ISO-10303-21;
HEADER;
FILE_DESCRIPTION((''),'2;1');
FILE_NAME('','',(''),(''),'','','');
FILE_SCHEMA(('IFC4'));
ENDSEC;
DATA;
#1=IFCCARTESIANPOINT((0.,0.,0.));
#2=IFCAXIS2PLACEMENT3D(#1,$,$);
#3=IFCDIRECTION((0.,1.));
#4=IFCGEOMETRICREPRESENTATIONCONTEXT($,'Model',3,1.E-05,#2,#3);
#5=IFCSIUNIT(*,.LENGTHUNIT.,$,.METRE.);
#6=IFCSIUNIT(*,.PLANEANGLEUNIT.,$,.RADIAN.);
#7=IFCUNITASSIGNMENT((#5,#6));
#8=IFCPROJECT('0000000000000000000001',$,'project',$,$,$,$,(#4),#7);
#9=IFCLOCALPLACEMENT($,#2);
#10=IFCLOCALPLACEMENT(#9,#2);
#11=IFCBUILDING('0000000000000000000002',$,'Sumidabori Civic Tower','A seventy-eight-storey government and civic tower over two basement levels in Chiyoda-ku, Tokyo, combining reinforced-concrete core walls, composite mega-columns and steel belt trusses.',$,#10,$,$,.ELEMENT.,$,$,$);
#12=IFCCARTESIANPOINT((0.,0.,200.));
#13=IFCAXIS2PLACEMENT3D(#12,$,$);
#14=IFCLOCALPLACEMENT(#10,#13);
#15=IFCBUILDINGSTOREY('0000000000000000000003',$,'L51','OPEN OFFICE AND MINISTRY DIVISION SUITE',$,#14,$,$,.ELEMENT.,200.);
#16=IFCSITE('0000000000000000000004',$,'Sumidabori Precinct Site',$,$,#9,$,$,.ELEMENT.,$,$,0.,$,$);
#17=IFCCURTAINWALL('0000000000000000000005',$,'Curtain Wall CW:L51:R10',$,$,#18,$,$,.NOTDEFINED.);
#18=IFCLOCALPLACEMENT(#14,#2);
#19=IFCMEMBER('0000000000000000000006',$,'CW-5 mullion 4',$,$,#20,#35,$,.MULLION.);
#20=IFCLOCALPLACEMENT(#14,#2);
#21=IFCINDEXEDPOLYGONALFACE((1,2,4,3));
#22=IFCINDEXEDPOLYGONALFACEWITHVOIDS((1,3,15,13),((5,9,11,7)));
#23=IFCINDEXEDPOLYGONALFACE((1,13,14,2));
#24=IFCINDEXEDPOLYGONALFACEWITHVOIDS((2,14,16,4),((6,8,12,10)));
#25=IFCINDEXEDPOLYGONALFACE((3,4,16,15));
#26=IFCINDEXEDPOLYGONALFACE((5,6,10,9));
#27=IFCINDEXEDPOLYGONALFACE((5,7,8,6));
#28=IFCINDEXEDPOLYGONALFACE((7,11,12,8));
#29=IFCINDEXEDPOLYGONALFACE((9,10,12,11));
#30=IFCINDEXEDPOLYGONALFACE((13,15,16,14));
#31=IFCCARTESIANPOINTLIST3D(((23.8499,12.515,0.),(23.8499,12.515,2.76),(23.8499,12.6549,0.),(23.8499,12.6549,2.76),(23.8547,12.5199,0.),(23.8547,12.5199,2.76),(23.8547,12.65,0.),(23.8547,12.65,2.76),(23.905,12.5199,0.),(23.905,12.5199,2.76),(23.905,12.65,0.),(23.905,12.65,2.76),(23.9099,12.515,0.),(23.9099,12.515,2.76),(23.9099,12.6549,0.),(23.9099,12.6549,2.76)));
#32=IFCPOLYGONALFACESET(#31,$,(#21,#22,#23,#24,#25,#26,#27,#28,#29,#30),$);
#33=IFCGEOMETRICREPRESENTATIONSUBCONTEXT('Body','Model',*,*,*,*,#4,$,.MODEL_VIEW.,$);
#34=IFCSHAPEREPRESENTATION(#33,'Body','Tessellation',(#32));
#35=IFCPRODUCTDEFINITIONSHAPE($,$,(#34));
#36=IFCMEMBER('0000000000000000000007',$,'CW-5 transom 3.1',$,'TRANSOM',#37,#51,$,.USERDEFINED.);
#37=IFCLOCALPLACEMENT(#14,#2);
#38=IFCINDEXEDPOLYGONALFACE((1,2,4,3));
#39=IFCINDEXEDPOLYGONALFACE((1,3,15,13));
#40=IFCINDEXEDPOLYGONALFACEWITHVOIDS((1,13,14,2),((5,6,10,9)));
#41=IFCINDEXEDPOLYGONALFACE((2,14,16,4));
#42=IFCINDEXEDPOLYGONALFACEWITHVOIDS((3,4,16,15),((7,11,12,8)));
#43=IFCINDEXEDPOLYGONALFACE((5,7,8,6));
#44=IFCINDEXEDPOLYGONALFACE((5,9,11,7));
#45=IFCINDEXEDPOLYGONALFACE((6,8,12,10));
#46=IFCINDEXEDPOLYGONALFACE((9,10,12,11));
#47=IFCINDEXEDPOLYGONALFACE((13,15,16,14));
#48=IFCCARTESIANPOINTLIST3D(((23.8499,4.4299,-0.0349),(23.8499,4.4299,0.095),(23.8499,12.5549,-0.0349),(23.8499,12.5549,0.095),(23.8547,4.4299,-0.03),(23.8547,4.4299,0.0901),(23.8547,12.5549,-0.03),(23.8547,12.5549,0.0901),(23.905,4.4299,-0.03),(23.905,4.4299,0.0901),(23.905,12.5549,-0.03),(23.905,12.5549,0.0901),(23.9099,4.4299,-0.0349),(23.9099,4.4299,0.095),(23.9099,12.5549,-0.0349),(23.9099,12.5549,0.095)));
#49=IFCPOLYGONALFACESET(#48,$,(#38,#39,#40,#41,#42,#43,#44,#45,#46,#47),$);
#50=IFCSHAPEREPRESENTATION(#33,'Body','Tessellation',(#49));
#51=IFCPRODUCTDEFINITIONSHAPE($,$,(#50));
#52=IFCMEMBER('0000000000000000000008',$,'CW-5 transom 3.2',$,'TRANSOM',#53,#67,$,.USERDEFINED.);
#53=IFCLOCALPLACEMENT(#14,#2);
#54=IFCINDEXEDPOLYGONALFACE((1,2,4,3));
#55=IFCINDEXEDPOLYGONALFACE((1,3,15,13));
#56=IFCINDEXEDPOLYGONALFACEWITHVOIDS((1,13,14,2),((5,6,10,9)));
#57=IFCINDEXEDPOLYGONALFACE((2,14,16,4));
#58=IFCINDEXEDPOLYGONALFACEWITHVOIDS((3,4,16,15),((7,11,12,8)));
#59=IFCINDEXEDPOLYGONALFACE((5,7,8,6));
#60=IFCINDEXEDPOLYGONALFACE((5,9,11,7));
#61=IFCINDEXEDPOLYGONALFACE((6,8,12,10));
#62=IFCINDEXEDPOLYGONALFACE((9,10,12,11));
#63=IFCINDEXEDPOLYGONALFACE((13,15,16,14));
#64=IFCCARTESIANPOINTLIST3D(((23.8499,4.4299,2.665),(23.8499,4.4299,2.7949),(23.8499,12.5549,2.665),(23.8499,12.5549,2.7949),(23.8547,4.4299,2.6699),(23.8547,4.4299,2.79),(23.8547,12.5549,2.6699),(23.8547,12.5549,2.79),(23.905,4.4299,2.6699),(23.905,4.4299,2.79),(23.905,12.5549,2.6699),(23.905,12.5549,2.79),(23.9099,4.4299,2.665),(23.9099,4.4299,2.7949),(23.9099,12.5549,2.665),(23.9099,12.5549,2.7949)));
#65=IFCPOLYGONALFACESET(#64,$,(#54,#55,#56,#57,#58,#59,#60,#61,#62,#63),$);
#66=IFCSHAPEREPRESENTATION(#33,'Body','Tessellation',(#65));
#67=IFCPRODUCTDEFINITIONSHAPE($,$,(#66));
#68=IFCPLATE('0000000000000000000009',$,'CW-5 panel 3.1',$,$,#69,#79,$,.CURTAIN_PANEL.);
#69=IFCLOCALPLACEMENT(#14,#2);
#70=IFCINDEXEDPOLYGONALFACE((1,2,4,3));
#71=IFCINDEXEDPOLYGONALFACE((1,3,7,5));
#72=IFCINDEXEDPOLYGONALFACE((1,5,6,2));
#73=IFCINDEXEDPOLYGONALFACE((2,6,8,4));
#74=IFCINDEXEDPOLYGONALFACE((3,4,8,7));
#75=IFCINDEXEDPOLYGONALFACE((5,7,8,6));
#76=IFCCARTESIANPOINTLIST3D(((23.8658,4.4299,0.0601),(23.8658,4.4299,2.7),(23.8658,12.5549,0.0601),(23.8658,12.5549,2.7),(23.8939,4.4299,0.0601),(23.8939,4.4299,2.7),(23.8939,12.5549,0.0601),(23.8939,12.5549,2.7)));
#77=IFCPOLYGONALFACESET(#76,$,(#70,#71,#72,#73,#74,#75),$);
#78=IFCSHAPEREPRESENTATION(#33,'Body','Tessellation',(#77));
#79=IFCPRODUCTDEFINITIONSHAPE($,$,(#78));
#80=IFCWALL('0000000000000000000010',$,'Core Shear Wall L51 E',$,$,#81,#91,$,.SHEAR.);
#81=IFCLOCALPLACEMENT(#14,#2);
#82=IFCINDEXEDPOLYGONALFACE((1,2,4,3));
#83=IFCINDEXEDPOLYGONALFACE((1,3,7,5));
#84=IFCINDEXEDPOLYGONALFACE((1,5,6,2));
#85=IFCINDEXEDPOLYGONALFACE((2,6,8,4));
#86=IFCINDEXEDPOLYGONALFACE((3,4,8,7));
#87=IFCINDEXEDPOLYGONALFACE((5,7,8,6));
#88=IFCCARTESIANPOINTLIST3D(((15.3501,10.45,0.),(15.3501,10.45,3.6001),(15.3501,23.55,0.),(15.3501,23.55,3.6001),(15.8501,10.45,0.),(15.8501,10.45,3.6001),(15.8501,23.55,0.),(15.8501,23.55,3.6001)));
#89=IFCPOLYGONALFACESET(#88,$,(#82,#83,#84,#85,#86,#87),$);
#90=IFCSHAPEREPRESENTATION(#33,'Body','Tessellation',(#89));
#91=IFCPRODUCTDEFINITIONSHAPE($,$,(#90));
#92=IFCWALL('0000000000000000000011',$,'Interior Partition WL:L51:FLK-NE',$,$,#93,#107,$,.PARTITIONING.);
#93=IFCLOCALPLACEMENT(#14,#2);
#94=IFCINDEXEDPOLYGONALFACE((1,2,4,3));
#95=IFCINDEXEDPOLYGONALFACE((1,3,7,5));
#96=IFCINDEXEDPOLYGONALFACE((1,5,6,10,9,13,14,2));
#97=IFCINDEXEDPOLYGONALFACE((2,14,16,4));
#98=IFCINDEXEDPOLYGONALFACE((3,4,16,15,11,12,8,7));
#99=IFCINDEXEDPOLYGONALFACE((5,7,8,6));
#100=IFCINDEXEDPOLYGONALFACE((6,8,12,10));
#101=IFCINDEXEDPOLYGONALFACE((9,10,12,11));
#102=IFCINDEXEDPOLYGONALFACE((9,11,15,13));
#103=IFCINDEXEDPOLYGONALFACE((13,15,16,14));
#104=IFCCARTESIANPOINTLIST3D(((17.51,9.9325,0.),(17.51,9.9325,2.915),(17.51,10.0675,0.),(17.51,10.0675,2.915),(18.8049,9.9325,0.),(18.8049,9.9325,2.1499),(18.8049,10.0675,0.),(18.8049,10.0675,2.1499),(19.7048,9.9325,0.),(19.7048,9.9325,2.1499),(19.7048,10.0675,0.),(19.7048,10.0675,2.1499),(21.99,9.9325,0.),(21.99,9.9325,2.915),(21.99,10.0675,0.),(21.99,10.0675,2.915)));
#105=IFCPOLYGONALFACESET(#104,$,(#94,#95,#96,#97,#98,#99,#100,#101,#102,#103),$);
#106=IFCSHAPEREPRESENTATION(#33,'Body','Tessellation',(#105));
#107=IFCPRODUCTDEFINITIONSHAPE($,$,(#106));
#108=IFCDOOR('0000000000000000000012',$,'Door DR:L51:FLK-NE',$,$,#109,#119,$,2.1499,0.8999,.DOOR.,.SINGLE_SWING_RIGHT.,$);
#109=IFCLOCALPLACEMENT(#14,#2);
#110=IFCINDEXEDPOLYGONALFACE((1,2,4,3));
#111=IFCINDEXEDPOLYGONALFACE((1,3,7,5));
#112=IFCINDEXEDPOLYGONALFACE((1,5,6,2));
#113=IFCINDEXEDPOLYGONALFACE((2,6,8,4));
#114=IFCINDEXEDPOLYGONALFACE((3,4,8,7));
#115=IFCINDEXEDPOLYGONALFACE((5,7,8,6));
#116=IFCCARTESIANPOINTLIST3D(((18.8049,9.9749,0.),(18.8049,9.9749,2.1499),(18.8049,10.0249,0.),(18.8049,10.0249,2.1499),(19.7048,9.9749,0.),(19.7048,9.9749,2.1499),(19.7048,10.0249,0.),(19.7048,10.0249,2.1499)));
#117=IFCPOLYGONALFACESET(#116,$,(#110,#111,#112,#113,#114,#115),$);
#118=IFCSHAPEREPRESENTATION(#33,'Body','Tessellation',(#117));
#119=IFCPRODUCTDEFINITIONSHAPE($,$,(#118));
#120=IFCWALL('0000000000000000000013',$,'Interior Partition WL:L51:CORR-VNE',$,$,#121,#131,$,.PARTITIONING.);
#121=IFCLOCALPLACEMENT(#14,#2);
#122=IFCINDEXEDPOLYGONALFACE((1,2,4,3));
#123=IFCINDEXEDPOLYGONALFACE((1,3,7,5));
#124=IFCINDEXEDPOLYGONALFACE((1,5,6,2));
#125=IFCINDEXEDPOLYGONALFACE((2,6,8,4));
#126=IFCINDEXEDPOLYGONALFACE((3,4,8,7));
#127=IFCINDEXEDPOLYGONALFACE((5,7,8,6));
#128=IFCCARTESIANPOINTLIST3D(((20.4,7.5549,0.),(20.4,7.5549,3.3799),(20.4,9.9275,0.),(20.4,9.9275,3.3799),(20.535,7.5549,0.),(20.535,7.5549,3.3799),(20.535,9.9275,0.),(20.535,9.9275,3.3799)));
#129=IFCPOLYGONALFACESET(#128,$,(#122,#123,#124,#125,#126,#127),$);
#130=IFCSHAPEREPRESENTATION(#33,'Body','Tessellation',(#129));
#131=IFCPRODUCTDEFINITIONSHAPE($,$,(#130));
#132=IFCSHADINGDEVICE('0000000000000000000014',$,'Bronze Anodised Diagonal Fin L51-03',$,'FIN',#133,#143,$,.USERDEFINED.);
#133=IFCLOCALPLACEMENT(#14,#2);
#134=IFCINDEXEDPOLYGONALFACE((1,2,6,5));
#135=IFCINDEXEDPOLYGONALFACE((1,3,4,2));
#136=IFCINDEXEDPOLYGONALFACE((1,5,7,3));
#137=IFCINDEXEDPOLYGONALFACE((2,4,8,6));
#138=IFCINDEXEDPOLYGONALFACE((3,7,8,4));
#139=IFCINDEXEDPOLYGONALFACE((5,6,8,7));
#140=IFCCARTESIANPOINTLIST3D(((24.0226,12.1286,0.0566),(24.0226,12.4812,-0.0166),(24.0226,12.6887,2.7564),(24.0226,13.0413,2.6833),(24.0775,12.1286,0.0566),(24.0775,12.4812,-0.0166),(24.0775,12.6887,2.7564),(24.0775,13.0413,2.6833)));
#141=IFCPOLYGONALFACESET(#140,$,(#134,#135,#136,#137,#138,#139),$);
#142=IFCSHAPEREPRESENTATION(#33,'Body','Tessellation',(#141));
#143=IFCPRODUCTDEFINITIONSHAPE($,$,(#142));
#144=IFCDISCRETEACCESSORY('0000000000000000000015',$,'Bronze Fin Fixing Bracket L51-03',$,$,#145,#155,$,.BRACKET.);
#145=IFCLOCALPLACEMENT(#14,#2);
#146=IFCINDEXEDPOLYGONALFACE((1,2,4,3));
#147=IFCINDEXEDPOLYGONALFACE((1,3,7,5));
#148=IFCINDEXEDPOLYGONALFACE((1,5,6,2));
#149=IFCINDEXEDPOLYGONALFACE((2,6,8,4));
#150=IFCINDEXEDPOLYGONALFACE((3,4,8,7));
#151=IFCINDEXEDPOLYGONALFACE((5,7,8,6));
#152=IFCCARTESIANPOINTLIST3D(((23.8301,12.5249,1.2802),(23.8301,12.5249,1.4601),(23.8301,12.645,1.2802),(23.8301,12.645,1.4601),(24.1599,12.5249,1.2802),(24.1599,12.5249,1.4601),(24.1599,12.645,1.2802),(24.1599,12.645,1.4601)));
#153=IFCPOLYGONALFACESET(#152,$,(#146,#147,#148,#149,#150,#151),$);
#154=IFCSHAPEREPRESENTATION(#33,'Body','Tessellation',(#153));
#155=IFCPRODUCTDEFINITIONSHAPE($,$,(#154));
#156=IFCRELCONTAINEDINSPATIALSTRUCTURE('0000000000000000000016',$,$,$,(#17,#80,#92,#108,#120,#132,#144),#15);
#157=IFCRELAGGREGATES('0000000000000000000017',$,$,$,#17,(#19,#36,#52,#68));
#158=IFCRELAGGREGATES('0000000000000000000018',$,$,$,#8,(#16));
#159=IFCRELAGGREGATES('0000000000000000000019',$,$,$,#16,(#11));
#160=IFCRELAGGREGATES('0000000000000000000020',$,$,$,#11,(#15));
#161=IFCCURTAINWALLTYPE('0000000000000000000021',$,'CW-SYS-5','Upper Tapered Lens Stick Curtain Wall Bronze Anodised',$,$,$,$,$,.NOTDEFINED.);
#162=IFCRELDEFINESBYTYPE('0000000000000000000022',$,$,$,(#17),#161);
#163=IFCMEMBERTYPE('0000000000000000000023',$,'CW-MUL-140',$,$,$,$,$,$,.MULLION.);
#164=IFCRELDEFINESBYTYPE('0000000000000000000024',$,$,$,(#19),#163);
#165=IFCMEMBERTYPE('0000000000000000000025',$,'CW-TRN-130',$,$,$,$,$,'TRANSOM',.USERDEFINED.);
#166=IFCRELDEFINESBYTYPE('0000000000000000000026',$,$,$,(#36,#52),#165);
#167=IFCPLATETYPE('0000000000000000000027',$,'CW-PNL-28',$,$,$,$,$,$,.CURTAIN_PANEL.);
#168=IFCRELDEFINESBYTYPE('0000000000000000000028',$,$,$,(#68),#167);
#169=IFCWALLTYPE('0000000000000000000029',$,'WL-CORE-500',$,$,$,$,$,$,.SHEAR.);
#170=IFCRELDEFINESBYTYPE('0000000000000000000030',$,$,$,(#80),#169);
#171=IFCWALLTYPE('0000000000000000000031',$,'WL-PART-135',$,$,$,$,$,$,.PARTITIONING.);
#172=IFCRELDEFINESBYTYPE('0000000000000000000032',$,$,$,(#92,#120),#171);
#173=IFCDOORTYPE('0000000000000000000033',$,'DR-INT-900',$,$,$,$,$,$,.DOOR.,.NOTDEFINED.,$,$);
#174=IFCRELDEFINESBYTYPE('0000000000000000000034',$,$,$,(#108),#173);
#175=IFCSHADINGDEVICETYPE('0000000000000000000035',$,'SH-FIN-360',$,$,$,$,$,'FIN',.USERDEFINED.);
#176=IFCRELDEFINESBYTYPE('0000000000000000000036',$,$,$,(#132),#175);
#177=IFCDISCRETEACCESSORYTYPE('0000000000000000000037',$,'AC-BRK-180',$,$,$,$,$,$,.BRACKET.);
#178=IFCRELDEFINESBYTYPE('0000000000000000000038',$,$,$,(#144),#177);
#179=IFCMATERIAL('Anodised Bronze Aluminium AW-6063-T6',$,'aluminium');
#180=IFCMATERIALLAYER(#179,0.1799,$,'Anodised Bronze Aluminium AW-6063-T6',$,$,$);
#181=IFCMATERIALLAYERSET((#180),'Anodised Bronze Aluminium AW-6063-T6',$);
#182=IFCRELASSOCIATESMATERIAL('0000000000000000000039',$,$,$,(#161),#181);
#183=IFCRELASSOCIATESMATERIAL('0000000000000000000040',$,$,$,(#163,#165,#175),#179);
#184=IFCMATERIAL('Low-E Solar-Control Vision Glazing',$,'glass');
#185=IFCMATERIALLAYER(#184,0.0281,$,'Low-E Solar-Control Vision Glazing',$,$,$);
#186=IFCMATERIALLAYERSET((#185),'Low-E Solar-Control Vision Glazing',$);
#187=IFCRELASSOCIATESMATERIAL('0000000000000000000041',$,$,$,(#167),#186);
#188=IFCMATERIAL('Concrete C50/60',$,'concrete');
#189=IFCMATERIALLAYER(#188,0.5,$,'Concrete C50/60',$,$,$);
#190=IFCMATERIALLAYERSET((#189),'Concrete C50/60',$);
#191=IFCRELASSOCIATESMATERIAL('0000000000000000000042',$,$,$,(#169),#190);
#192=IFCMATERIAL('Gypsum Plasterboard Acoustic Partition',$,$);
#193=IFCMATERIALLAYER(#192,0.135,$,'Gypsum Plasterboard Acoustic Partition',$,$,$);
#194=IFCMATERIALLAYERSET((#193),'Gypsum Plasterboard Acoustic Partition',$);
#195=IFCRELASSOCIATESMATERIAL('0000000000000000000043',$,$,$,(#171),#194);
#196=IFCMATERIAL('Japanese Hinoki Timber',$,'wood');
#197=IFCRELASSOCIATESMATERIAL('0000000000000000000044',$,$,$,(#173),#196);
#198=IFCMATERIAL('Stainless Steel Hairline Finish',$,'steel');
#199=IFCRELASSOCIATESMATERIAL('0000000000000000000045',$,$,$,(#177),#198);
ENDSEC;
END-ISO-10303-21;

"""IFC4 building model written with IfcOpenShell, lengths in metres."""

from ifc_helpers import new_model, si_unit, direction, frame, frame_2d, origin, origin_2d, place, context, subcontext, project, spatial, rectangle, hollow_rectangle, extrude, source, transform, mapped, material, layer, layer_set, material_profile, profile_set, type_object, element, fill, aggregate, save


model = new_model("IFC4")

# Units and contexts
model_context = context("Model", 3, precision=1e-05, world=origin(), true_north=direction((0.0, 1.0)))
body_context = subcontext(model_context, "Body", "Model", "MODEL_VIEW")
ifc_project = project(units=[si_unit("LENGTHUNIT", "METRE"), si_unit("PLANEANGLEUNIT", "RADIAN")], contexts=[model_context])

# Site, building, storey
site_placement = place(None, origin())
site = spatial("IfcSite", under=ifc_project, at=site_placement, Name="Sumidabori Precinct Site", CompositionType="ELEMENT", RefElevation=0.0)
building_placement = place(site_placement, origin())
building = spatial("IfcBuilding", under=site, at=building_placement, Name="Sumidabori Civic Tower", Description="A seventy-eight-storey government and civic tower over two basement levels in Chiyoda-ku, Tokyo, combining reinforced-concrete core walls, composite mega-columns and steel belt trusses.", CompositionType="ELEMENT")
storey_placement = place(building_placement, frame((0.0, 0.0, 200.0)))
storey = spatial("IfcBuildingStorey", under=building, at=storey_placement, Name="L51", Description="OPEN OFFICE AND MINISTRY DIVISION SUITE", CompositionType="ELEMENT", Elevation=200.0)

# Curtain wall, members, plate
ifc_material_1 = material(Name="Anodised Bronze Aluminium AW-6063-T6", Category="aluminium")
ifc_layer_1 = layer(ifc_material_1, 0.1799, Name="Anodised Bronze Aluminium AW-6063-T6")
ifc_layer_set_1 = layer_set([ifc_layer_1], Name="Anodised Bronze Aluminium AW-6063-T6")
curtain_wall_type = type_object("IfcCurtainWallType", Name="CW-SYS-5", Description="Upper Tapered Lens Stick Curtain Wall Bronze Anodised", PredefinedType="NOTDEFINED", material=ifc_layer_set_1)
curtain_wall_placement = place(storey_placement, origin())
curtain_wall = element("IfcCurtainWall", 1, at=curtain_wall_placement, inside=storey, type_object=curtain_wall_type, Name="Curtain Wall CW:L51:R10", PredefinedType="NOTDEFINED")
ifc_material_profile_1 = material_profile(ifc_material_1, hollow_rectangle(XDim=0.0601, YDim=0.1399, WallThickness=0.0049, at=origin_2d()), Name="ALU MULLION 140x60")
ifc_profile_set_1 = profile_set([ifc_material_profile_1], Name="Anodised Bronze Aluminium AW-6063-T6")
member_type_1 = type_object("IfcMemberType", Name="CW-MUL-140", PredefinedType="MULLION", material=ifc_profile_set_1)
shared_shape_1 = source(origin(), body_context, "Body", "SweptSolid", [
    extrude(hollow_rectangle(XDim=0.0601, YDim=0.1399, WallThickness=0.0049, at=origin_2d()), origin(), (0.0, 0.0, 1.0), 2.76),
])
member_1_placement = place(storey_placement, frame((23.8799, 12.585, 0.0), z_axis=(0.0, 0.0, 1.0), x_axis=(-1.0, 0.0, 0.0)))
member_1 = element("IfcMember", 2, at=member_1_placement, type_object=member_type_1, Name="CW-5 mullion 4", PredefinedType="MULLION", context=body_context, shape_type="MappedRepresentation", body=[
    mapped(shared_shape_1, transform((0.0, 0.0, 0.0), x_axis=(1.0, 0.0, 0.0), y_axis=(0.0, 1.0, 0.0), z_axis=(0.0, 0.0, 1.0), scale=1.0)),
])
ifc_material_profile_2 = material_profile(ifc_material_1, hollow_rectangle(XDim=0.0601, YDim=0.1299, WallThickness=0.0049, at=origin_2d()), Name="ALU TRANSOM 130x60")
ifc_profile_set_2 = profile_set([ifc_material_profile_2], Name="Anodised Bronze Aluminium AW-6063-T6")
member_type_2 = type_object("IfcMemberType", Name="CW-TRN-130", ElementType="TRANSOM", PredefinedType="USERDEFINED", material=ifc_profile_set_2)
shared_shape_2 = source(origin(), body_context, "Body", "SweptSolid", [
    extrude(hollow_rectangle(XDim=0.0601, YDim=0.1299, WallThickness=0.0049, at=origin_2d()), origin(), (0.0, 0.0, 1.0), 8.125),
])
member_2_placement = place(storey_placement, frame((23.8799, 4.4299, 0.03), z_axis=(0.0, 1.0, 0.0), x_axis=(-1.0, 0.0, 0.0)))
member_2 = element("IfcMember", 3, at=member_2_placement, type_object=member_type_2, Name="CW-5 transom 3.1", ObjectType="TRANSOM", PredefinedType="USERDEFINED", context=body_context, shape_type="MappedRepresentation", body=[
    mapped(shared_shape_2, transform((0.0, 0.0, 0.0), x_axis=(1.0, 0.0, 0.0), y_axis=(0.0, 1.0, 0.0), z_axis=(0.0, 0.0, 1.0), scale=1.0)),
])
member_3_placement = place(storey_placement, frame((23.8799, 4.4299, 2.73), z_axis=(0.0, 1.0, 0.0), x_axis=(-1.0, 0.0, 0.0)))
member_3 = element("IfcMember", 4, at=member_3_placement, type_object=member_type_2, Name="CW-5 transom 3.2", ObjectType="TRANSOM", PredefinedType="USERDEFINED", context=body_context, shape_type="MappedRepresentation", body=[
    mapped(shared_shape_2, transform((0.0, 0.0, 0.0), x_axis=(1.0, 0.0, 0.0), y_axis=(0.0, 1.0, 0.0), z_axis=(0.0, 0.0, 1.0), scale=1.0)),
])
ifc_material_2 = material(Name="Low-E Solar-Control Vision Glazing", Category="glass")
ifc_layer_2 = layer(ifc_material_2, 0.0281, Name="Low-E Solar-Control Vision Glazing")
ifc_layer_set_2 = layer_set([ifc_layer_2], Name="Low-E Solar-Control Vision Glazing")
plate_type = type_object("IfcPlateType", Name="CW-PNL-28", PredefinedType="CURTAIN_PANEL", material=ifc_layer_set_2)
shared_shape_3 = source(origin(), body_context, "Body", "SweptSolid", [
    extrude(rectangle(XDim=8.125, YDim=0.0281, at=origin_2d()), origin(), (0.0, 0.0, 1.0), 2.6399),
])
plate_placement = place(storey_placement, frame((23.8799, 8.4924, 0.0601), z_axis=(0.0, 0.0, 1.0), x_axis=(0.0, 1.0, 0.0)))
plate = element("IfcPlate", 5, at=plate_placement, type_object=plate_type, Name="CW-5 panel 3.1", PredefinedType="CURTAIN_PANEL", context=body_context, shape_type="MappedRepresentation", body=[
    mapped(shared_shape_3, transform((0.0, 0.0, 0.0), x_axis=(1.0, 0.0, 0.0), y_axis=(0.0, 1.0, 0.0), z_axis=(0.0, 0.0, 1.0), scale=1.0)),
])
aggregate(curtain_wall, [member_1, member_2, member_3, plate])

# Wall
ifc_material_3 = material(Name="Concrete C50/60", Category="concrete")
ifc_layer_3 = layer(ifc_material_3, 0.5, Name="Concrete C50/60")
ifc_layer_set_3 = layer_set([ifc_layer_3], Name="Concrete C50/60")
wall_type_1 = type_object("IfcWallType", Name="WL-CORE-500", PredefinedType="SHEAR", material=ifc_layer_set_3)
shared_shape_4 = source(origin(), body_context, "Body", "SweptSolid", [
    extrude(rectangle(XDim=13.1001, YDim=0.5, at=frame_2d((6.55, 0.0))), origin(), (0.0, 0.0, 1.0), 3.6001),
])
wall_1_placement = place(storey_placement, frame((15.6001, 10.45, 0.0), z_axis=(0.0, 0.0, 1.0), x_axis=(0.0, 1.0, 0.0)))
element("IfcWall", 6, at=wall_1_placement, inside=storey, type_object=wall_type_1, Name="Core Shear Wall L51 E", PredefinedType="SHEAR", context=body_context, shape_type="MappedRepresentation", body=[
    mapped(shared_shape_4, transform((0.0, 0.0, 0.0), x_axis=(1.0, 0.0, 0.0), y_axis=(0.0, 1.0, 0.0), z_axis=(0.0, 0.0, 1.0), scale=1.0)),
])

# Wall, opening, door
ifc_material_4 = material(Name="Gypsum Plasterboard Acoustic Partition")
ifc_layer_4 = layer(ifc_material_4, 0.135, Name="Gypsum Plasterboard Acoustic Partition")
ifc_layer_set_4 = layer_set([ifc_layer_4], Name="Gypsum Plasterboard Acoustic Partition")
wall_type_2 = type_object("IfcWallType", Name="WL-PART-135", PredefinedType="PARTITIONING", material=ifc_layer_set_4)
shared_shape_5 = source(origin(), body_context, "Body", "SweptSolid", [
    extrude(rectangle(XDim=4.48, YDim=0.135, at=frame_2d((2.24, 0.0))), origin(), (0.0, 0.0, 1.0), 2.915),
])
wall_2_placement = place(storey_placement, frame((17.51, 10.0, 0.0), z_axis=(0.0, 0.0, 1.0), x_axis=(1.0, 0.0, 0.0)))
wall_2 = element("IfcWall", 7, at=wall_2_placement, inside=storey, type_object=wall_type_2, Name="Interior Partition WL:L51:FLK-NE", PredefinedType="PARTITIONING", context=body_context, shape_type="MappedRepresentation", body=[
    mapped(shared_shape_5, transform((0.0, 0.0, 0.0), x_axis=(1.0, 0.0, 0.0), y_axis=(0.0, 1.0, 0.0), z_axis=(0.0, 0.0, 1.0), scale=1.0)),
])
opening_1_placement = place(wall_2_placement, frame((1.2949, 0.0, 0.0)))
opening_1 = element("IfcOpeningElement", 8, at=opening_1_placement, cuts=wall_2, PredefinedType="OPENING", context=body_context, shape_type="SweptSolid", body=[
    extrude(rectangle(XDim=0.8999, YDim=2.1499, at=frame_2d((0.45, 1.075))), frame((0.0, 0.0796, 0.0), z_axis=(0.0, -1.0, 0.0), x_axis=(1.0, 0.0, 0.0)), (0.0, 0.0, 1.0), 0.1589),
])
ifc_material_5 = material(Name="Japanese Hinoki Timber", Category="wood")
door_type = type_object("IfcDoorType", Name="DR-INT-900", OperationType="NOTDEFINED", PredefinedType="DOOR", material=ifc_material_5)
shared_shape_6 = source(origin(), body_context, "Body", "SweptSolid", [
    extrude(rectangle(XDim=0.8999, YDim=2.1499, at=frame_2d((0.45, 1.075))), frame((0.0, 0.0249, 0.0), z_axis=(0.0, -1.0, 0.0), x_axis=(1.0, 0.0, 0.0)), (0.0, 0.0, 1.0), 0.05),
])
door_1_placement = place(opening_1_placement, origin())
door_1 = element("IfcDoor", 9, at=door_1_placement, inside=storey, type_object=door_type, Name="Door DR:L51:FLK-NE", OperationType="SINGLE_SWING_RIGHT", OverallHeight=2.1499, OverallWidth=0.8999, PredefinedType="DOOR", context=body_context, shape_type="MappedRepresentation", body=[
    mapped(shared_shape_6, transform((0.0, 0.0, 0.0), x_axis=(1.0, 0.0, 0.0), y_axis=(0.0, 1.0, 0.0), z_axis=(0.0, 0.0, 1.0), scale=1.0)),
])
fill(opening_1, door_1)

# Wall
shared_shape_7 = source(origin(), body_context, "Body", "SweptSolid", [
    extrude(rectangle(XDim=2.3726, YDim=0.135, at=frame_2d((1.1863, 0.0))), origin(), (0.0, 0.0, 1.0), 3.3799),
])
wall_3_placement = place(storey_placement, frame((20.4675, 7.5549, 0.0), z_axis=(0.0, 0.0, 1.0), x_axis=(0.0, 1.0, 0.0)))
element("IfcWall", 10, at=wall_3_placement, inside=storey, type_object=wall_type_2, Name="Interior Partition WL:L51:CORR-VNE", PredefinedType="PARTITIONING", context=body_context, shape_type="MappedRepresentation", body=[
    mapped(shared_shape_7, transform((0.0, 0.0, 0.0), x_axis=(1.0, 0.0, 0.0), y_axis=(0.0, 1.0, 0.0), z_axis=(0.0, 0.0, 1.0), scale=1.0)),
])

# Shading device
ifc_material_profile_3 = material_profile(ifc_material_1, rectangle(XDim=0.0549, YDim=0.3601, at=origin_2d()), Name="BRONZE FIN 360x55")
ifc_profile_set_3 = profile_set([ifc_material_profile_3], Name="Anodised Bronze Aluminium AW-6063-T6")
shading_device_type = type_object("IfcShadingDeviceType", Name="SH-FIN-360", ElementType="FIN", PredefinedType="USERDEFINED", material=ifc_profile_set_3)
shared_shape_8 = source(origin(), body_context, "Body", "SweptSolid", [
    extrude(rectangle(XDim=0.0549, YDim=0.3601, at=origin_2d()), origin(), (0.0, 0.0, 1.0), 2.7573),
])
shading_device_placement = place(storey_placement, frame((24.05, 12.3049, 0.02), z_axis=(0.0, 0.203109, 0.979156), x_axis=(-1.0, 0.0, 0.0)))
element("IfcShadingDevice", 11, at=shading_device_placement, inside=storey, type_object=shading_device_type, Name="Bronze Anodised Diagonal Fin L51-03", ObjectType="FIN", PredefinedType="USERDEFINED", context=body_context, shape_type="MappedRepresentation", body=[
    mapped(shared_shape_8, transform((0.0, 0.0, 0.0), x_axis=(1.0, 0.0, 0.0), y_axis=(0.0, 1.0, 0.0), z_axis=(0.0, 0.0, 1.0), scale=1.0)),
])

# Discrete accessory
ifc_material_6 = material(Name="Stainless Steel Hairline Finish", Category="steel")
ifc_material_profile_4 = material_profile(ifc_material_6, rectangle(XDim=0.1201, YDim=0.1799, at=origin_2d()), Name="STEEL BRACKET 180x120")
ifc_profile_set_4 = profile_set([ifc_material_profile_4], Name="Stainless Steel Hairline Finish")
discrete_accessory_type = type_object("IfcDiscreteAccessoryType", Name="AC-BRK-180", PredefinedType="BRACKET", material=ifc_profile_set_4)
shared_shape_9 = source(origin(), body_context, "Body", "SweptSolid", [
    extrude(rectangle(XDim=0.1201, YDim=0.1799, at=origin_2d()), origin(), (0.0, 0.0, 1.0), 0.3298),
])
discrete_accessory_placement = place(storey_placement, frame((23.8301, 12.585, 1.3701), z_axis=(1.0, 0.0, 0.0), x_axis=(0.0, 1.0, 0.0)))
element("IfcDiscreteAccessory", 12, at=discrete_accessory_placement, inside=storey, type_object=discrete_accessory_type, Name="Bronze Fin Fixing Bracket L51-03", PredefinedType="BRACKET", context=body_context, shape_type="MappedRepresentation", body=[
    mapped(shared_shape_9, transform((0.0, 0.0, 0.0), x_axis=(1.0, 0.0, 0.0), y_axis=(0.0, 1.0, 0.0), z_axis=(0.0, 0.0, 1.0), scale=1.0)),
])

save(model, "model.ifc")
